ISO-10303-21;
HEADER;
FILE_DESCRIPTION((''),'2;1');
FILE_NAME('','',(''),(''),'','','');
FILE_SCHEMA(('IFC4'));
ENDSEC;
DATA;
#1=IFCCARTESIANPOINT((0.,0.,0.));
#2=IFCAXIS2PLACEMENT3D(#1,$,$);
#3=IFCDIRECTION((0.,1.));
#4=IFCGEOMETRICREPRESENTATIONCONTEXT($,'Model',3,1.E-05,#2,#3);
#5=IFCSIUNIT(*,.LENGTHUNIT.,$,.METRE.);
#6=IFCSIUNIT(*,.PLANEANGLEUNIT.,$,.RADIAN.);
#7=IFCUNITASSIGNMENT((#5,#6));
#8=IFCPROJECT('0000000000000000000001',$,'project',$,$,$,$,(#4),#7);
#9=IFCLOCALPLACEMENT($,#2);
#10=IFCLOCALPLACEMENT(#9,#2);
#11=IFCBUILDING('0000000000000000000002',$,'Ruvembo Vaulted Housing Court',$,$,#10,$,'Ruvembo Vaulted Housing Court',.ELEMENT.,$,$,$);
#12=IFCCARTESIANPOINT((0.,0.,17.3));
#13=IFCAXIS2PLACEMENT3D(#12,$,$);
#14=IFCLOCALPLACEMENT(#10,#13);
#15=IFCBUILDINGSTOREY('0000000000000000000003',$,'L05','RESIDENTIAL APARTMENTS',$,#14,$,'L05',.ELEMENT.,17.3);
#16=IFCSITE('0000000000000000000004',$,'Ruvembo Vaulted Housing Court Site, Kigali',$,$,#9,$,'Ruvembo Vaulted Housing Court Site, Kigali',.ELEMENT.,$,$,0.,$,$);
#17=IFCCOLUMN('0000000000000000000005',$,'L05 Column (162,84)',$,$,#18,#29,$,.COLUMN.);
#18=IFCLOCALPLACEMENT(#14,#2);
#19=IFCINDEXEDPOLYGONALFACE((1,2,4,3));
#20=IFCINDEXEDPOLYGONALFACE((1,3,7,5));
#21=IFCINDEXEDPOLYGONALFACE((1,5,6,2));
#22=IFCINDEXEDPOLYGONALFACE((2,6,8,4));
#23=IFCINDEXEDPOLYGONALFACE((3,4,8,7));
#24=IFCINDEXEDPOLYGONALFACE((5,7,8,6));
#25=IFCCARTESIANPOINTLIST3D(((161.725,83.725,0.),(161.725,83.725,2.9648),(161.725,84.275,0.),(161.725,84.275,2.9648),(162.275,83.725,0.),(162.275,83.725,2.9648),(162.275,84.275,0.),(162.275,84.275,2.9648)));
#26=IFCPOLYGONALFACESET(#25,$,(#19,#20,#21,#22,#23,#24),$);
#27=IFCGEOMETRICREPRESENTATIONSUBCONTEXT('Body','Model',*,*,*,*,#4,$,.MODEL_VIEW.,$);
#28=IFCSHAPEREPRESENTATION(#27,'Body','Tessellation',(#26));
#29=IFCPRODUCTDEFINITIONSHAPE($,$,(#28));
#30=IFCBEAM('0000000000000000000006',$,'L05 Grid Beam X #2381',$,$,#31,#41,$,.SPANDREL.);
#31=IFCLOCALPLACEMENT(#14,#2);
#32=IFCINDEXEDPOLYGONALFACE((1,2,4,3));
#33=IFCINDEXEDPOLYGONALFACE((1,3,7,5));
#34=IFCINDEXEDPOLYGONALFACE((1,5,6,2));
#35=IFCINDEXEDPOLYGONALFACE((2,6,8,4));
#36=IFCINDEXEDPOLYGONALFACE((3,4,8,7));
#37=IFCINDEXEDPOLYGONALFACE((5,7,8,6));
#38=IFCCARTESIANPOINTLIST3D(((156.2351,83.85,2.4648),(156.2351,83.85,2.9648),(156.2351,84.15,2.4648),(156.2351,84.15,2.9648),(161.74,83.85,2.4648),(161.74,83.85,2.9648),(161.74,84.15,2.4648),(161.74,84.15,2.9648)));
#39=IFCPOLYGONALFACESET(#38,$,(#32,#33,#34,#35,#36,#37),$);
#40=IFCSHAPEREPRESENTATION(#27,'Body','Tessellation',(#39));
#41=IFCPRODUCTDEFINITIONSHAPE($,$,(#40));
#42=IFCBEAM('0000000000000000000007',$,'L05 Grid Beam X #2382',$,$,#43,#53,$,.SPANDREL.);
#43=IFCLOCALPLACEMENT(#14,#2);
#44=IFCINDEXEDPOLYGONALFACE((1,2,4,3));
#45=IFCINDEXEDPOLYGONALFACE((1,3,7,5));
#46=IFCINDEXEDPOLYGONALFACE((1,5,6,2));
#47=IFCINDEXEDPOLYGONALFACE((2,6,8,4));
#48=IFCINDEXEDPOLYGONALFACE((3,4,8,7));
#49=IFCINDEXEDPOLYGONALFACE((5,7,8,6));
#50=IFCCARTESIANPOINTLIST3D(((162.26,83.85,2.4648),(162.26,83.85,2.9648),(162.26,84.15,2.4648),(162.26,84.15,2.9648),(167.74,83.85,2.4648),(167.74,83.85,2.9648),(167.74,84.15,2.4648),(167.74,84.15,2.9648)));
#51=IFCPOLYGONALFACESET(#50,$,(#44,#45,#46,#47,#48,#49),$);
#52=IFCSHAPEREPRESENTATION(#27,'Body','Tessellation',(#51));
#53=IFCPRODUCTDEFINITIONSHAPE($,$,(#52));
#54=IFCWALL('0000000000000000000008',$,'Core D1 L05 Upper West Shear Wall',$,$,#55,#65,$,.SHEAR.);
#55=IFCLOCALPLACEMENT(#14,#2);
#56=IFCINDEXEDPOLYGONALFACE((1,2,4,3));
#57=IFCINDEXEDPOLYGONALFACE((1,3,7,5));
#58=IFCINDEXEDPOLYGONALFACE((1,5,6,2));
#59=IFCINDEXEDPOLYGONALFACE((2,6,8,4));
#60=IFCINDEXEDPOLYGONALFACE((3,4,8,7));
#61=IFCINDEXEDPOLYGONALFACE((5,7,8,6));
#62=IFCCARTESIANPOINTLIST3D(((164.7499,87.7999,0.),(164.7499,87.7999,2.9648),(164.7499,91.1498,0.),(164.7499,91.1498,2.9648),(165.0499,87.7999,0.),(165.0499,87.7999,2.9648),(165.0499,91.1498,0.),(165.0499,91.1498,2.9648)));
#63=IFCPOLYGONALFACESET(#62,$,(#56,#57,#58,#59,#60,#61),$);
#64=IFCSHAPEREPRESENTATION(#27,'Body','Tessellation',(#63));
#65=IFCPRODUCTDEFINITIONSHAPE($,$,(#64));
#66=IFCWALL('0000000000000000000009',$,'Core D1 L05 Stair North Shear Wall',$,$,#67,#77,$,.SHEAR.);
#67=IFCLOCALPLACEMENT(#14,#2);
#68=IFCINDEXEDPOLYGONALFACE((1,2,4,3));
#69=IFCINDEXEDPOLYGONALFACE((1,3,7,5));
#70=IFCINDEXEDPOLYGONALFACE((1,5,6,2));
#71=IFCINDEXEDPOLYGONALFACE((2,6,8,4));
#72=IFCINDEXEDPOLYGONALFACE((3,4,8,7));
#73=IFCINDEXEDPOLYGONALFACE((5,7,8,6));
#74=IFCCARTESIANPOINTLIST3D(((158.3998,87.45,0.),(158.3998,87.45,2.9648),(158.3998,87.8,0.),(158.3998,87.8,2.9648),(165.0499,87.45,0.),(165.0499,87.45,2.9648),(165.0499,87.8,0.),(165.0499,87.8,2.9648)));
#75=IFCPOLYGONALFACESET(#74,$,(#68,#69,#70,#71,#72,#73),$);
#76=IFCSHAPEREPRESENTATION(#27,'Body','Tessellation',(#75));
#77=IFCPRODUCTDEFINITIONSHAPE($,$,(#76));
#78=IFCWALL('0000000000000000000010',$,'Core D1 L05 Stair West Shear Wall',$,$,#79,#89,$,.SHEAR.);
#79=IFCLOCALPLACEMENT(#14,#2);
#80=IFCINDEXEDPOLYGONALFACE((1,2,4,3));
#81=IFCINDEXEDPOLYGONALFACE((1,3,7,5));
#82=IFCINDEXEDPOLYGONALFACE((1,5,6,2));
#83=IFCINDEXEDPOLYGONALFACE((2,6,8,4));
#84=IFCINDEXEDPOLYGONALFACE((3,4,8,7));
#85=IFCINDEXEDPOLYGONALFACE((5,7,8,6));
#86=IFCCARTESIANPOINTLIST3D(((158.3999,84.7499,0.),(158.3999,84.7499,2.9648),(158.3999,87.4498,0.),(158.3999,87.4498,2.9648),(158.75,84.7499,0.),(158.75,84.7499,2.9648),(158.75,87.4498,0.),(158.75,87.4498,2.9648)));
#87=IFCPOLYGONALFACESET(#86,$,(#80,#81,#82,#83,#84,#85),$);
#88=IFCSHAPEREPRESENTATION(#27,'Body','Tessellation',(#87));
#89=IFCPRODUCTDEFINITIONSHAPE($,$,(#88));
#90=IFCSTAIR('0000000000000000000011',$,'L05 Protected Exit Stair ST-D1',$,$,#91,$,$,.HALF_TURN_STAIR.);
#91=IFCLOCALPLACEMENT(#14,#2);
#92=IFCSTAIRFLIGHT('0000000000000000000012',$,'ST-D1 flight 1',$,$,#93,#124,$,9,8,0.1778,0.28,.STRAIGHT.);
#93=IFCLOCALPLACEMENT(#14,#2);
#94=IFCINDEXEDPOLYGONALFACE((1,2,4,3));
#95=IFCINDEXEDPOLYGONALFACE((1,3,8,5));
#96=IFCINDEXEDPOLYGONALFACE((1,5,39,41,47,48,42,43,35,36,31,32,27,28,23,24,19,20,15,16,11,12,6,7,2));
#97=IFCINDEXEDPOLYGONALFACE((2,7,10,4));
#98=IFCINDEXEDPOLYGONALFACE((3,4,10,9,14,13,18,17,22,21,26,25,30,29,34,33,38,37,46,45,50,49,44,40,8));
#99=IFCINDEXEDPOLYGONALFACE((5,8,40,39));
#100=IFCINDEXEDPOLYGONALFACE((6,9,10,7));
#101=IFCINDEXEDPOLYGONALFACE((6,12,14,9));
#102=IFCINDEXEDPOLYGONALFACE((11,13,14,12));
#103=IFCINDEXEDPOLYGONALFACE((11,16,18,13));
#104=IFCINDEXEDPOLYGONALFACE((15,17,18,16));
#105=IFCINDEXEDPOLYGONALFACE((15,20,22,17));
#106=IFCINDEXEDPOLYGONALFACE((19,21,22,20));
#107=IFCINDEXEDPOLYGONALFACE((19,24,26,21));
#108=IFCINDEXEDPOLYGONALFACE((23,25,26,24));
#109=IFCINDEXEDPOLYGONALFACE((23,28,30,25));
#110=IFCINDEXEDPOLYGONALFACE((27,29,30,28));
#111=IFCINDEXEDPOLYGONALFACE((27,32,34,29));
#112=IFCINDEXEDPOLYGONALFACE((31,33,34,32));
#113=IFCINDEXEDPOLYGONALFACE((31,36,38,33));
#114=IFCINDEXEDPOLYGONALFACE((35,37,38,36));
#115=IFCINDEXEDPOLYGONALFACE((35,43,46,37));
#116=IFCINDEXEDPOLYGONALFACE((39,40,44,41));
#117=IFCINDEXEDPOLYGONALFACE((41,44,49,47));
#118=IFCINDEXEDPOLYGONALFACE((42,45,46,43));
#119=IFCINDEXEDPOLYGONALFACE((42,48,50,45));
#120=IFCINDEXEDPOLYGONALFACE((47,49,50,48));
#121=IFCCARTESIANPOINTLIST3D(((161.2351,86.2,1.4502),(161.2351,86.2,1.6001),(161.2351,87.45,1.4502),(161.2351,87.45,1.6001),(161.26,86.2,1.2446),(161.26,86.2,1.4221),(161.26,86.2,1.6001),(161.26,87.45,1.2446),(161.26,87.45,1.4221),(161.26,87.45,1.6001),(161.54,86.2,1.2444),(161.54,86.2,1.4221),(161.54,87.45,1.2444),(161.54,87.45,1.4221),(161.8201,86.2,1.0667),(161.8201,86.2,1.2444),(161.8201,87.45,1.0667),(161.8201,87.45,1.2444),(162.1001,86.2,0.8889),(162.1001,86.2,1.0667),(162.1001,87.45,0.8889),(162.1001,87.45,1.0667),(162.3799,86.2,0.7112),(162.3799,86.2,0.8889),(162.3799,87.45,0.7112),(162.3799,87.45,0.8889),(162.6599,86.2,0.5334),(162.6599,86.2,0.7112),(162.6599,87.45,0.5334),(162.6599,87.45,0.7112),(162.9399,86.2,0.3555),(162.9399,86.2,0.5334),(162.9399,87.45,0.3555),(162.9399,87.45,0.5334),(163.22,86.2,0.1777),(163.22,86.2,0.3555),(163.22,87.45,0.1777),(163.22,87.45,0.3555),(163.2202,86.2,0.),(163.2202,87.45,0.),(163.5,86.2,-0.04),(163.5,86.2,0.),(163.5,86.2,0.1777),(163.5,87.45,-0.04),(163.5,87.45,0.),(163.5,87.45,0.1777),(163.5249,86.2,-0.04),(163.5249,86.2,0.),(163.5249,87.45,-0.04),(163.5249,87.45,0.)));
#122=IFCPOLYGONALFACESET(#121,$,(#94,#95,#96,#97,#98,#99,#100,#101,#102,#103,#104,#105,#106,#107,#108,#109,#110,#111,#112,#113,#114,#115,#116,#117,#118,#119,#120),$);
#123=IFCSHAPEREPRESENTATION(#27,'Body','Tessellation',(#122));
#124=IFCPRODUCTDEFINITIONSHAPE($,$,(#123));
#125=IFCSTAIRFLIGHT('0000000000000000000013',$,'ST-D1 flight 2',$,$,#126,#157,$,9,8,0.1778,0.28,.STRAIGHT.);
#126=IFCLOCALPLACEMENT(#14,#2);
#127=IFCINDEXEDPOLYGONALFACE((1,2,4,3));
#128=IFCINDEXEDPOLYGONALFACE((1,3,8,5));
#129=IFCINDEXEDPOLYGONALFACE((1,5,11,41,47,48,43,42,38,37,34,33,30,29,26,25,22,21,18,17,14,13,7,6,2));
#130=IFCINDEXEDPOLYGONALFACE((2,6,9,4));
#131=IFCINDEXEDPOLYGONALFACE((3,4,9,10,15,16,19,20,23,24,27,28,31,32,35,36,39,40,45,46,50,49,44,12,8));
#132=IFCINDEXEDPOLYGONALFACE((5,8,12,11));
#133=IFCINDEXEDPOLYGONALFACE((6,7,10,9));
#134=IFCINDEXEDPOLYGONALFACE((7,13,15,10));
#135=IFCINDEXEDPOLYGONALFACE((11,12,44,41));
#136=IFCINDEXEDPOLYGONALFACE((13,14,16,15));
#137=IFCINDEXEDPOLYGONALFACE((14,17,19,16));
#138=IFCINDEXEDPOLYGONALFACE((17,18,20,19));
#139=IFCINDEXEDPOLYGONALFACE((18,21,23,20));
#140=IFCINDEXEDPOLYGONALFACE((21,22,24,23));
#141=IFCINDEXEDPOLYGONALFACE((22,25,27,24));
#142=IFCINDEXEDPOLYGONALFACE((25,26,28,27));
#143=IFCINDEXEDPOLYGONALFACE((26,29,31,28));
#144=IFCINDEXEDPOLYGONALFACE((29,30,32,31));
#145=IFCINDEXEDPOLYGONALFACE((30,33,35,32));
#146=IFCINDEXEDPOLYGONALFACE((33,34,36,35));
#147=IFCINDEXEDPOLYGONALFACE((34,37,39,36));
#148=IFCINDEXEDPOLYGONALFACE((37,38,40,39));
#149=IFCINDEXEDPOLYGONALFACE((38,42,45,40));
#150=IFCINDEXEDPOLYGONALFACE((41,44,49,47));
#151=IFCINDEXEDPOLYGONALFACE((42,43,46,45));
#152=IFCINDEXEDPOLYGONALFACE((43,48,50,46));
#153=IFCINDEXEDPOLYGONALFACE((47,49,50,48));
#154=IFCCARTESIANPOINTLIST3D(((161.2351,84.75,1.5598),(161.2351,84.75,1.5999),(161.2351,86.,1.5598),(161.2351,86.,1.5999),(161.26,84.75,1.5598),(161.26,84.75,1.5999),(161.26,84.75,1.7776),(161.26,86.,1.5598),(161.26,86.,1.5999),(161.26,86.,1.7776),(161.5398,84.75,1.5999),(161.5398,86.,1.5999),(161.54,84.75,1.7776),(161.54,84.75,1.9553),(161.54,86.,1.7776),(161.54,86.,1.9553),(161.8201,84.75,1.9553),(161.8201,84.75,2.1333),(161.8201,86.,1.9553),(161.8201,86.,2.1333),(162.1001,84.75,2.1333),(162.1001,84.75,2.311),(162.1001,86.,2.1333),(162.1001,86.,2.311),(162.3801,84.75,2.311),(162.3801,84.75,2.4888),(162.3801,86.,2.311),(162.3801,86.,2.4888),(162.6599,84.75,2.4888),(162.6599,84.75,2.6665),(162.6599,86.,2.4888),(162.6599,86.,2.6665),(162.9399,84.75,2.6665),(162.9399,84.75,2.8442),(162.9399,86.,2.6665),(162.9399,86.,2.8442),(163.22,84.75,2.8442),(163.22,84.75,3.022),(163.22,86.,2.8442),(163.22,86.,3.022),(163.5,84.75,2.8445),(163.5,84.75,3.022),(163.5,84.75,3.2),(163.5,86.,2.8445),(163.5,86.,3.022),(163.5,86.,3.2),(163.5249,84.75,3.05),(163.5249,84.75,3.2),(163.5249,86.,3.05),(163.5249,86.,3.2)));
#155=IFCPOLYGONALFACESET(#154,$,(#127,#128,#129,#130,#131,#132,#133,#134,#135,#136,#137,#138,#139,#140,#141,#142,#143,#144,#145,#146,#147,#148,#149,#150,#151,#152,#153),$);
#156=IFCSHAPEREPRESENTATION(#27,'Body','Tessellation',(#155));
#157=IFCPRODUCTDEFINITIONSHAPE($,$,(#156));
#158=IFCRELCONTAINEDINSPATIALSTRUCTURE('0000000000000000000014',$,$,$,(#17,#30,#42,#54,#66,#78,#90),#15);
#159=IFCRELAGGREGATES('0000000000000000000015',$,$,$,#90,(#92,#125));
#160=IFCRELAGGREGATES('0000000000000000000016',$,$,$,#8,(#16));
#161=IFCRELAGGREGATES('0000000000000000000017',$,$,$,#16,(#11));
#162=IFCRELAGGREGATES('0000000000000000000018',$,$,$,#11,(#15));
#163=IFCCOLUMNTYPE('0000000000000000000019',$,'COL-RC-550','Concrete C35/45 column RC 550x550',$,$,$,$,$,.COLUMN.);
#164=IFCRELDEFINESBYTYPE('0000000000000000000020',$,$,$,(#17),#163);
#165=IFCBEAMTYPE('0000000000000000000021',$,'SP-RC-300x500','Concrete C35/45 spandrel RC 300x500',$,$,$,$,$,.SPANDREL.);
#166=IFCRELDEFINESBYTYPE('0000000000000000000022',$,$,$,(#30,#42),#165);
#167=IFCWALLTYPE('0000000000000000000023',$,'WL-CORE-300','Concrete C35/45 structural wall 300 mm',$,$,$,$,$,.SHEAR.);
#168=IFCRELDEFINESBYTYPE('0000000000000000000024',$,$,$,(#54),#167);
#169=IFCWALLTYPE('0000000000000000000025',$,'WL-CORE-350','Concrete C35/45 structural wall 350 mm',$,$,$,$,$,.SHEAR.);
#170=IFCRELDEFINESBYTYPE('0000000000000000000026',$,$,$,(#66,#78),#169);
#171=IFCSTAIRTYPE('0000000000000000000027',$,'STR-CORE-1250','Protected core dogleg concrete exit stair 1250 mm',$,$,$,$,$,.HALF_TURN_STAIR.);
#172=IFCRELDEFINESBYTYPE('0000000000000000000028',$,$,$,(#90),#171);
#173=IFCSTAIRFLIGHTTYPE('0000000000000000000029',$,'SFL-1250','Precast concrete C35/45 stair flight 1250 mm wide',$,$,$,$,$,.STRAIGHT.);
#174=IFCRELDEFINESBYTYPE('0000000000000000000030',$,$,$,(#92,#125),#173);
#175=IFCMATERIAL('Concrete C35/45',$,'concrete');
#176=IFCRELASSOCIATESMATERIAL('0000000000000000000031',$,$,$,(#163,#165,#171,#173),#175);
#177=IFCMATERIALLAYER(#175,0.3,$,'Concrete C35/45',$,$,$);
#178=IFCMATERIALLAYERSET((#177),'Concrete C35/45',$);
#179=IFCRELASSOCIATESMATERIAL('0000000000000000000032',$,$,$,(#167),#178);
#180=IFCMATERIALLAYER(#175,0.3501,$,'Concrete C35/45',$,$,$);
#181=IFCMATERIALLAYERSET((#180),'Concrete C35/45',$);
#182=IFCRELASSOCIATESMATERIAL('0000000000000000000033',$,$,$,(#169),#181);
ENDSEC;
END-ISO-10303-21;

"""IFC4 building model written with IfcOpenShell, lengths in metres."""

from ifc_helpers import new_model, si_unit, direction, frame, frame_2d, origin, origin_2d, place, context, subcontext, project, spatial, polyline, rectangle, outline, extrude, material, layer, layer_set, material_profile, profile_set, type_object, element, aggregate, save


model = new_model("IFC4")

# Units and contexts
model_context = context("Model", 3, precision=1e-05, world=origin(), true_north=direction((0.0, 1.0)))
body_context = subcontext(model_context, "Body", "Model", "MODEL_VIEW")
ifc_project = project(units=[si_unit("LENGTHUNIT", "METRE"), si_unit("PLANEANGLEUNIT", "RADIAN")], contexts=[model_context])

# Site, building, storey
site_placement = place(None, origin())
site = spatial("IfcSite", under=ifc_project, at=site_placement, Name="Ruvembo Vaulted Housing Court Site, Kigali", LongName="Ruvembo Vaulted Housing Court Site, Kigali", CompositionType="ELEMENT", RefElevation=0.0)
building_placement = place(site_placement, origin())
building = spatial("IfcBuilding", under=site, at=building_placement, Name="Ruvembo Vaulted Housing Court", LongName="Ruvembo Vaulted Housing Court", CompositionType="ELEMENT")
storey_placement = place(building_placement, frame((0.0, 0.0, 17.3)))
storey = spatial("IfcBuildingStorey", under=building, at=storey_placement, Name="L05", Description="RESIDENTIAL APARTMENTS", LongName="L05", CompositionType="ELEMENT", Elevation=17.3)

# Column
ifc_material_1 = material(Name="Concrete C35/45", Category="concrete")
ifc_material_profile_1 = material_profile(ifc_material_1, rectangle(XDim=0.55, YDim=0.55, at=origin_2d()), Name="RC 550x550")
ifc_profile_set_1 = profile_set([ifc_material_profile_1], Name="Concrete C35/45")
column_type = type_object("IfcColumnType", Name="COL-RC-550", Description="Concrete C35/45 column RC 550x550", PredefinedType="COLUMN", material=ifc_profile_set_1)
column_placement = place(storey_placement, frame((162.0, 84.0, 0.0), z_axis=(0.0, 0.0, 1.0), x_axis=(1.0, 0.0, 0.0)))
element("IfcColumn", 1, at=column_placement, inside=storey, type_object=column_type, Name="L05 Column (162,84)", PredefinedType="COLUMN", context=body_context, shape_type="SweptSolid", body=[
    extrude(rectangle(XDim=0.55, YDim=0.55, at=origin_2d()), origin(), (0.0, 0.0, 1.0), 2.9648),
])

# Beams
ifc_material_profile_2 = material_profile(ifc_material_1, rectangle(XDim=0.3, YDim=0.5, at=origin_2d()), Name="RC 300x500")
ifc_profile_set_2 = profile_set([ifc_material_profile_2], Name="Concrete C35/45")
beam_type = type_object("IfcBeamType", Name="SP-RC-300x500", Description="Concrete C35/45 spandrel RC 300x500", PredefinedType="SPANDREL", material=ifc_profile_set_2)
beam_1_placement = place(storey_placement, frame((156.2351, 84.0, 2.7148), z_axis=(1.0, 0.0, 0.0), x_axis=(0.0, 1.0, 0.0)))
element("IfcBeam", 2, at=beam_1_placement, inside=storey, type_object=beam_type, Name="L05 Grid Beam X #2381", PredefinedType="SPANDREL", context=body_context, shape_type="SweptSolid", body=[
    extrude(rectangle(XDim=0.3, YDim=0.5, at=origin_2d()), origin(), (0.0, 0.0, 1.0), 5.5049),
])
beam_2_placement = place(storey_placement, frame((162.26, 84.0, 2.7148), z_axis=(1.0, 0.0, 0.0), x_axis=(0.0, 1.0, 0.0)))
element("IfcBeam", 3, at=beam_2_placement, inside=storey, type_object=beam_type, Name="L05 Grid Beam X #2382", PredefinedType="SPANDREL", context=body_context, shape_type="SweptSolid", body=[
    extrude(rectangle(XDim=0.3, YDim=0.5, at=origin_2d()), origin(), (0.0, 0.0, 1.0), 5.48),
])

# Shared definitions
ifc_layer_1 = layer(ifc_material_1, 0.3, Name="Concrete C35/45")
ifc_layer_set_1 = layer_set([ifc_layer_1], Name="Concrete C35/45")
wall_type_1 = type_object("IfcWallType", Name="WL-CORE-300", Description="Concrete C35/45 structural wall 300 mm", PredefinedType="SHEAR", material=ifc_layer_set_1)

# Wall
wall_1_placement = place(storey_placement, frame((164.8999, 87.8, 0.0), z_axis=(0.0, 0.0, 1.0), x_axis=(0.0, 1.0, 0.0)))
element("IfcWall", 4, at=wall_1_placement, inside=storey, type_object=wall_type_1, Name="Core D1 L05 Upper West Shear Wall", PredefinedType="SHEAR", context=body_context, shape_type="SweptSolid", body=[
    extrude(rectangle(XDim=3.3499, YDim=0.3, at=frame_2d((1.6748, 0.0))), origin(), (0.0, 0.0, 1.0), 2.9648),
])

# Shared definitions
ifc_layer_2 = layer(ifc_material_1, 0.3501, Name="Concrete C35/45")
ifc_layer_set_2 = layer_set([ifc_layer_2], Name="Concrete C35/45")
wall_type_2 = type_object("IfcWallType", Name="WL-CORE-350", Description="Concrete C35/45 structural wall 350 mm", PredefinedType="SHEAR", material=ifc_layer_set_2)

# Walls
wall_2_placement = place(storey_placement, frame((165.05, 87.625, 0.0), z_axis=(0.0, 0.0, 1.0), x_axis=(-1.0, 0.0, 0.0)))
element("IfcWall", 5, at=wall_2_placement, inside=storey, type_object=wall_type_2, Name="Core D1 L05 Stair North Shear Wall", PredefinedType="SHEAR", context=body_context, shape_type="SweptSolid", body=[
    extrude(rectangle(XDim=6.6501, YDim=0.3501, at=frame_2d((3.3252, 0.0))), origin(), (0.0, 0.0, 1.0), 2.9648),
])
wall_3_placement = place(storey_placement, frame((158.575, 87.45, 0.0), z_axis=(0.0, 0.0, 1.0), x_axis=(0.0, -1.0, 0.0)))
element("IfcWall", 6, at=wall_3_placement, inside=storey, type_object=wall_type_2, Name="Core D1 L05 Stair West Shear Wall", PredefinedType="SHEAR", context=body_context, shape_type="SweptSolid", body=[
    extrude(rectangle(XDim=2.7, YDim=0.3501, at=frame_2d((1.3501, 0.0))), origin(), (0.0, 0.0, 1.0), 2.9648),
])

# Stair, stair flights
stair_type = type_object("IfcStairType", Name="STR-CORE-1250", Description="Protected core dogleg concrete exit stair 1250 mm", PredefinedType="HALF_TURN_STAIR", material=ifc_material_1)
stair_placement = place(storey_placement, origin())
stair = element("IfcStair", 7, at=stair_placement, inside=storey, type_object=stair_type, Name="L05 Protected Exit Stair ST-D1", PredefinedType="HALF_TURN_STAIR")
stair_flight_type = type_object("IfcStairFlightType", Name="SFL-1250", Description="Precast concrete C35/45 stair flight 1250 mm wide", PredefinedType="STRAIGHT", material=ifc_material_1)
stair_flight_1_placement = place(storey_placement, frame((163.5, 86.825, 0.0), z_axis=(0.0, 0.0, 1.0), x_axis=(-1.0, 0.0, 0.0)))
stair_flight_1 = element("IfcStairFlight", 8, at=stair_flight_1_placement, type_object=stair_flight_type, Name="ST-D1 flight 1", NumberOfRisers=9, NumberOfTreads=8, PredefinedType="STRAIGHT", RiserHeight=0.1778, TreadLength=0.28, context=body_context, shape_type="SweptSolid", body=[
    extrude(outline(polyline([(-0.0249, -0.04), (-0.0249, 0.0), (0.0, 0.0), (0.0, 0.1777), (0.28, 0.1777), (0.28, 0.3555), (0.5601, 0.3555), (0.5601, 0.5334), (0.8401, 0.5334), (0.8401, 0.7112), (1.1201, 0.7112), (1.1201, 0.8889), (1.3999, 0.8889), (1.3999, 1.0667), (1.6799, 1.0667), (1.6799, 1.2444), (1.96, 1.2444), (1.96, 1.4221), (2.24, 1.4221), (2.24, 1.6001), (2.2649, 1.6001), (2.2649, 1.4502), (2.24, 1.2446), (0.2798, 0.0), (0.0, -0.04), (-0.0249, -0.04)])), frame((0.0, 0.625, 0.0), z_axis=(0.0, -1.0, 0.0), x_axis=(1.0, 0.0, 0.0)), (0.0, 0.0, 1.0), 1.25),
])
stair_flight_2_placement = place(storey_placement, frame((161.26, 85.375, 1.5999), z_axis=(0.0, 0.0, 1.0), x_axis=(1.0, 0.0, 0.0)))
stair_flight_2 = element("IfcStairFlight", 9, at=stair_flight_2_placement, type_object=stair_flight_type, Name="ST-D1 flight 2", NumberOfRisers=9, NumberOfTreads=8, PredefinedType="STRAIGHT", RiserHeight=0.1778, TreadLength=0.28, context=body_context, shape_type="SweptSolid", body=[
    extrude(outline(polyline([(-0.0249, -0.04), (-0.0249, 0.0), (0.0, 0.0), (0.0, 0.1777), (0.28, 0.1777), (0.28, 0.3555), (0.5601, 0.3555), (0.5601, 0.5334), (0.8401, 0.5334), (0.8401, 0.7112), (1.1201, 0.7112), (1.1201, 0.8889), (1.3999, 0.8889), (1.3999, 1.0667), (1.6799, 1.0667), (1.6799, 1.2444), (1.96, 1.2444), (1.96, 1.4221), (2.24, 1.4221), (2.24, 1.6001), (2.2649, 1.6001), (2.2649, 1.4502), (2.24, 1.2446), (0.2798, 0.0), (0.0, -0.04), (-0.0249, -0.04)])), frame((0.0, 0.625, 0.0), z_axis=(0.0, -1.0, 0.0), x_axis=(1.0, 0.0, 0.0)), (0.0, 0.0, 1.0), 1.25),
])
aggregate(stair, [stair_flight_1, stair_flight_2])

save(model, "model.ifc")
